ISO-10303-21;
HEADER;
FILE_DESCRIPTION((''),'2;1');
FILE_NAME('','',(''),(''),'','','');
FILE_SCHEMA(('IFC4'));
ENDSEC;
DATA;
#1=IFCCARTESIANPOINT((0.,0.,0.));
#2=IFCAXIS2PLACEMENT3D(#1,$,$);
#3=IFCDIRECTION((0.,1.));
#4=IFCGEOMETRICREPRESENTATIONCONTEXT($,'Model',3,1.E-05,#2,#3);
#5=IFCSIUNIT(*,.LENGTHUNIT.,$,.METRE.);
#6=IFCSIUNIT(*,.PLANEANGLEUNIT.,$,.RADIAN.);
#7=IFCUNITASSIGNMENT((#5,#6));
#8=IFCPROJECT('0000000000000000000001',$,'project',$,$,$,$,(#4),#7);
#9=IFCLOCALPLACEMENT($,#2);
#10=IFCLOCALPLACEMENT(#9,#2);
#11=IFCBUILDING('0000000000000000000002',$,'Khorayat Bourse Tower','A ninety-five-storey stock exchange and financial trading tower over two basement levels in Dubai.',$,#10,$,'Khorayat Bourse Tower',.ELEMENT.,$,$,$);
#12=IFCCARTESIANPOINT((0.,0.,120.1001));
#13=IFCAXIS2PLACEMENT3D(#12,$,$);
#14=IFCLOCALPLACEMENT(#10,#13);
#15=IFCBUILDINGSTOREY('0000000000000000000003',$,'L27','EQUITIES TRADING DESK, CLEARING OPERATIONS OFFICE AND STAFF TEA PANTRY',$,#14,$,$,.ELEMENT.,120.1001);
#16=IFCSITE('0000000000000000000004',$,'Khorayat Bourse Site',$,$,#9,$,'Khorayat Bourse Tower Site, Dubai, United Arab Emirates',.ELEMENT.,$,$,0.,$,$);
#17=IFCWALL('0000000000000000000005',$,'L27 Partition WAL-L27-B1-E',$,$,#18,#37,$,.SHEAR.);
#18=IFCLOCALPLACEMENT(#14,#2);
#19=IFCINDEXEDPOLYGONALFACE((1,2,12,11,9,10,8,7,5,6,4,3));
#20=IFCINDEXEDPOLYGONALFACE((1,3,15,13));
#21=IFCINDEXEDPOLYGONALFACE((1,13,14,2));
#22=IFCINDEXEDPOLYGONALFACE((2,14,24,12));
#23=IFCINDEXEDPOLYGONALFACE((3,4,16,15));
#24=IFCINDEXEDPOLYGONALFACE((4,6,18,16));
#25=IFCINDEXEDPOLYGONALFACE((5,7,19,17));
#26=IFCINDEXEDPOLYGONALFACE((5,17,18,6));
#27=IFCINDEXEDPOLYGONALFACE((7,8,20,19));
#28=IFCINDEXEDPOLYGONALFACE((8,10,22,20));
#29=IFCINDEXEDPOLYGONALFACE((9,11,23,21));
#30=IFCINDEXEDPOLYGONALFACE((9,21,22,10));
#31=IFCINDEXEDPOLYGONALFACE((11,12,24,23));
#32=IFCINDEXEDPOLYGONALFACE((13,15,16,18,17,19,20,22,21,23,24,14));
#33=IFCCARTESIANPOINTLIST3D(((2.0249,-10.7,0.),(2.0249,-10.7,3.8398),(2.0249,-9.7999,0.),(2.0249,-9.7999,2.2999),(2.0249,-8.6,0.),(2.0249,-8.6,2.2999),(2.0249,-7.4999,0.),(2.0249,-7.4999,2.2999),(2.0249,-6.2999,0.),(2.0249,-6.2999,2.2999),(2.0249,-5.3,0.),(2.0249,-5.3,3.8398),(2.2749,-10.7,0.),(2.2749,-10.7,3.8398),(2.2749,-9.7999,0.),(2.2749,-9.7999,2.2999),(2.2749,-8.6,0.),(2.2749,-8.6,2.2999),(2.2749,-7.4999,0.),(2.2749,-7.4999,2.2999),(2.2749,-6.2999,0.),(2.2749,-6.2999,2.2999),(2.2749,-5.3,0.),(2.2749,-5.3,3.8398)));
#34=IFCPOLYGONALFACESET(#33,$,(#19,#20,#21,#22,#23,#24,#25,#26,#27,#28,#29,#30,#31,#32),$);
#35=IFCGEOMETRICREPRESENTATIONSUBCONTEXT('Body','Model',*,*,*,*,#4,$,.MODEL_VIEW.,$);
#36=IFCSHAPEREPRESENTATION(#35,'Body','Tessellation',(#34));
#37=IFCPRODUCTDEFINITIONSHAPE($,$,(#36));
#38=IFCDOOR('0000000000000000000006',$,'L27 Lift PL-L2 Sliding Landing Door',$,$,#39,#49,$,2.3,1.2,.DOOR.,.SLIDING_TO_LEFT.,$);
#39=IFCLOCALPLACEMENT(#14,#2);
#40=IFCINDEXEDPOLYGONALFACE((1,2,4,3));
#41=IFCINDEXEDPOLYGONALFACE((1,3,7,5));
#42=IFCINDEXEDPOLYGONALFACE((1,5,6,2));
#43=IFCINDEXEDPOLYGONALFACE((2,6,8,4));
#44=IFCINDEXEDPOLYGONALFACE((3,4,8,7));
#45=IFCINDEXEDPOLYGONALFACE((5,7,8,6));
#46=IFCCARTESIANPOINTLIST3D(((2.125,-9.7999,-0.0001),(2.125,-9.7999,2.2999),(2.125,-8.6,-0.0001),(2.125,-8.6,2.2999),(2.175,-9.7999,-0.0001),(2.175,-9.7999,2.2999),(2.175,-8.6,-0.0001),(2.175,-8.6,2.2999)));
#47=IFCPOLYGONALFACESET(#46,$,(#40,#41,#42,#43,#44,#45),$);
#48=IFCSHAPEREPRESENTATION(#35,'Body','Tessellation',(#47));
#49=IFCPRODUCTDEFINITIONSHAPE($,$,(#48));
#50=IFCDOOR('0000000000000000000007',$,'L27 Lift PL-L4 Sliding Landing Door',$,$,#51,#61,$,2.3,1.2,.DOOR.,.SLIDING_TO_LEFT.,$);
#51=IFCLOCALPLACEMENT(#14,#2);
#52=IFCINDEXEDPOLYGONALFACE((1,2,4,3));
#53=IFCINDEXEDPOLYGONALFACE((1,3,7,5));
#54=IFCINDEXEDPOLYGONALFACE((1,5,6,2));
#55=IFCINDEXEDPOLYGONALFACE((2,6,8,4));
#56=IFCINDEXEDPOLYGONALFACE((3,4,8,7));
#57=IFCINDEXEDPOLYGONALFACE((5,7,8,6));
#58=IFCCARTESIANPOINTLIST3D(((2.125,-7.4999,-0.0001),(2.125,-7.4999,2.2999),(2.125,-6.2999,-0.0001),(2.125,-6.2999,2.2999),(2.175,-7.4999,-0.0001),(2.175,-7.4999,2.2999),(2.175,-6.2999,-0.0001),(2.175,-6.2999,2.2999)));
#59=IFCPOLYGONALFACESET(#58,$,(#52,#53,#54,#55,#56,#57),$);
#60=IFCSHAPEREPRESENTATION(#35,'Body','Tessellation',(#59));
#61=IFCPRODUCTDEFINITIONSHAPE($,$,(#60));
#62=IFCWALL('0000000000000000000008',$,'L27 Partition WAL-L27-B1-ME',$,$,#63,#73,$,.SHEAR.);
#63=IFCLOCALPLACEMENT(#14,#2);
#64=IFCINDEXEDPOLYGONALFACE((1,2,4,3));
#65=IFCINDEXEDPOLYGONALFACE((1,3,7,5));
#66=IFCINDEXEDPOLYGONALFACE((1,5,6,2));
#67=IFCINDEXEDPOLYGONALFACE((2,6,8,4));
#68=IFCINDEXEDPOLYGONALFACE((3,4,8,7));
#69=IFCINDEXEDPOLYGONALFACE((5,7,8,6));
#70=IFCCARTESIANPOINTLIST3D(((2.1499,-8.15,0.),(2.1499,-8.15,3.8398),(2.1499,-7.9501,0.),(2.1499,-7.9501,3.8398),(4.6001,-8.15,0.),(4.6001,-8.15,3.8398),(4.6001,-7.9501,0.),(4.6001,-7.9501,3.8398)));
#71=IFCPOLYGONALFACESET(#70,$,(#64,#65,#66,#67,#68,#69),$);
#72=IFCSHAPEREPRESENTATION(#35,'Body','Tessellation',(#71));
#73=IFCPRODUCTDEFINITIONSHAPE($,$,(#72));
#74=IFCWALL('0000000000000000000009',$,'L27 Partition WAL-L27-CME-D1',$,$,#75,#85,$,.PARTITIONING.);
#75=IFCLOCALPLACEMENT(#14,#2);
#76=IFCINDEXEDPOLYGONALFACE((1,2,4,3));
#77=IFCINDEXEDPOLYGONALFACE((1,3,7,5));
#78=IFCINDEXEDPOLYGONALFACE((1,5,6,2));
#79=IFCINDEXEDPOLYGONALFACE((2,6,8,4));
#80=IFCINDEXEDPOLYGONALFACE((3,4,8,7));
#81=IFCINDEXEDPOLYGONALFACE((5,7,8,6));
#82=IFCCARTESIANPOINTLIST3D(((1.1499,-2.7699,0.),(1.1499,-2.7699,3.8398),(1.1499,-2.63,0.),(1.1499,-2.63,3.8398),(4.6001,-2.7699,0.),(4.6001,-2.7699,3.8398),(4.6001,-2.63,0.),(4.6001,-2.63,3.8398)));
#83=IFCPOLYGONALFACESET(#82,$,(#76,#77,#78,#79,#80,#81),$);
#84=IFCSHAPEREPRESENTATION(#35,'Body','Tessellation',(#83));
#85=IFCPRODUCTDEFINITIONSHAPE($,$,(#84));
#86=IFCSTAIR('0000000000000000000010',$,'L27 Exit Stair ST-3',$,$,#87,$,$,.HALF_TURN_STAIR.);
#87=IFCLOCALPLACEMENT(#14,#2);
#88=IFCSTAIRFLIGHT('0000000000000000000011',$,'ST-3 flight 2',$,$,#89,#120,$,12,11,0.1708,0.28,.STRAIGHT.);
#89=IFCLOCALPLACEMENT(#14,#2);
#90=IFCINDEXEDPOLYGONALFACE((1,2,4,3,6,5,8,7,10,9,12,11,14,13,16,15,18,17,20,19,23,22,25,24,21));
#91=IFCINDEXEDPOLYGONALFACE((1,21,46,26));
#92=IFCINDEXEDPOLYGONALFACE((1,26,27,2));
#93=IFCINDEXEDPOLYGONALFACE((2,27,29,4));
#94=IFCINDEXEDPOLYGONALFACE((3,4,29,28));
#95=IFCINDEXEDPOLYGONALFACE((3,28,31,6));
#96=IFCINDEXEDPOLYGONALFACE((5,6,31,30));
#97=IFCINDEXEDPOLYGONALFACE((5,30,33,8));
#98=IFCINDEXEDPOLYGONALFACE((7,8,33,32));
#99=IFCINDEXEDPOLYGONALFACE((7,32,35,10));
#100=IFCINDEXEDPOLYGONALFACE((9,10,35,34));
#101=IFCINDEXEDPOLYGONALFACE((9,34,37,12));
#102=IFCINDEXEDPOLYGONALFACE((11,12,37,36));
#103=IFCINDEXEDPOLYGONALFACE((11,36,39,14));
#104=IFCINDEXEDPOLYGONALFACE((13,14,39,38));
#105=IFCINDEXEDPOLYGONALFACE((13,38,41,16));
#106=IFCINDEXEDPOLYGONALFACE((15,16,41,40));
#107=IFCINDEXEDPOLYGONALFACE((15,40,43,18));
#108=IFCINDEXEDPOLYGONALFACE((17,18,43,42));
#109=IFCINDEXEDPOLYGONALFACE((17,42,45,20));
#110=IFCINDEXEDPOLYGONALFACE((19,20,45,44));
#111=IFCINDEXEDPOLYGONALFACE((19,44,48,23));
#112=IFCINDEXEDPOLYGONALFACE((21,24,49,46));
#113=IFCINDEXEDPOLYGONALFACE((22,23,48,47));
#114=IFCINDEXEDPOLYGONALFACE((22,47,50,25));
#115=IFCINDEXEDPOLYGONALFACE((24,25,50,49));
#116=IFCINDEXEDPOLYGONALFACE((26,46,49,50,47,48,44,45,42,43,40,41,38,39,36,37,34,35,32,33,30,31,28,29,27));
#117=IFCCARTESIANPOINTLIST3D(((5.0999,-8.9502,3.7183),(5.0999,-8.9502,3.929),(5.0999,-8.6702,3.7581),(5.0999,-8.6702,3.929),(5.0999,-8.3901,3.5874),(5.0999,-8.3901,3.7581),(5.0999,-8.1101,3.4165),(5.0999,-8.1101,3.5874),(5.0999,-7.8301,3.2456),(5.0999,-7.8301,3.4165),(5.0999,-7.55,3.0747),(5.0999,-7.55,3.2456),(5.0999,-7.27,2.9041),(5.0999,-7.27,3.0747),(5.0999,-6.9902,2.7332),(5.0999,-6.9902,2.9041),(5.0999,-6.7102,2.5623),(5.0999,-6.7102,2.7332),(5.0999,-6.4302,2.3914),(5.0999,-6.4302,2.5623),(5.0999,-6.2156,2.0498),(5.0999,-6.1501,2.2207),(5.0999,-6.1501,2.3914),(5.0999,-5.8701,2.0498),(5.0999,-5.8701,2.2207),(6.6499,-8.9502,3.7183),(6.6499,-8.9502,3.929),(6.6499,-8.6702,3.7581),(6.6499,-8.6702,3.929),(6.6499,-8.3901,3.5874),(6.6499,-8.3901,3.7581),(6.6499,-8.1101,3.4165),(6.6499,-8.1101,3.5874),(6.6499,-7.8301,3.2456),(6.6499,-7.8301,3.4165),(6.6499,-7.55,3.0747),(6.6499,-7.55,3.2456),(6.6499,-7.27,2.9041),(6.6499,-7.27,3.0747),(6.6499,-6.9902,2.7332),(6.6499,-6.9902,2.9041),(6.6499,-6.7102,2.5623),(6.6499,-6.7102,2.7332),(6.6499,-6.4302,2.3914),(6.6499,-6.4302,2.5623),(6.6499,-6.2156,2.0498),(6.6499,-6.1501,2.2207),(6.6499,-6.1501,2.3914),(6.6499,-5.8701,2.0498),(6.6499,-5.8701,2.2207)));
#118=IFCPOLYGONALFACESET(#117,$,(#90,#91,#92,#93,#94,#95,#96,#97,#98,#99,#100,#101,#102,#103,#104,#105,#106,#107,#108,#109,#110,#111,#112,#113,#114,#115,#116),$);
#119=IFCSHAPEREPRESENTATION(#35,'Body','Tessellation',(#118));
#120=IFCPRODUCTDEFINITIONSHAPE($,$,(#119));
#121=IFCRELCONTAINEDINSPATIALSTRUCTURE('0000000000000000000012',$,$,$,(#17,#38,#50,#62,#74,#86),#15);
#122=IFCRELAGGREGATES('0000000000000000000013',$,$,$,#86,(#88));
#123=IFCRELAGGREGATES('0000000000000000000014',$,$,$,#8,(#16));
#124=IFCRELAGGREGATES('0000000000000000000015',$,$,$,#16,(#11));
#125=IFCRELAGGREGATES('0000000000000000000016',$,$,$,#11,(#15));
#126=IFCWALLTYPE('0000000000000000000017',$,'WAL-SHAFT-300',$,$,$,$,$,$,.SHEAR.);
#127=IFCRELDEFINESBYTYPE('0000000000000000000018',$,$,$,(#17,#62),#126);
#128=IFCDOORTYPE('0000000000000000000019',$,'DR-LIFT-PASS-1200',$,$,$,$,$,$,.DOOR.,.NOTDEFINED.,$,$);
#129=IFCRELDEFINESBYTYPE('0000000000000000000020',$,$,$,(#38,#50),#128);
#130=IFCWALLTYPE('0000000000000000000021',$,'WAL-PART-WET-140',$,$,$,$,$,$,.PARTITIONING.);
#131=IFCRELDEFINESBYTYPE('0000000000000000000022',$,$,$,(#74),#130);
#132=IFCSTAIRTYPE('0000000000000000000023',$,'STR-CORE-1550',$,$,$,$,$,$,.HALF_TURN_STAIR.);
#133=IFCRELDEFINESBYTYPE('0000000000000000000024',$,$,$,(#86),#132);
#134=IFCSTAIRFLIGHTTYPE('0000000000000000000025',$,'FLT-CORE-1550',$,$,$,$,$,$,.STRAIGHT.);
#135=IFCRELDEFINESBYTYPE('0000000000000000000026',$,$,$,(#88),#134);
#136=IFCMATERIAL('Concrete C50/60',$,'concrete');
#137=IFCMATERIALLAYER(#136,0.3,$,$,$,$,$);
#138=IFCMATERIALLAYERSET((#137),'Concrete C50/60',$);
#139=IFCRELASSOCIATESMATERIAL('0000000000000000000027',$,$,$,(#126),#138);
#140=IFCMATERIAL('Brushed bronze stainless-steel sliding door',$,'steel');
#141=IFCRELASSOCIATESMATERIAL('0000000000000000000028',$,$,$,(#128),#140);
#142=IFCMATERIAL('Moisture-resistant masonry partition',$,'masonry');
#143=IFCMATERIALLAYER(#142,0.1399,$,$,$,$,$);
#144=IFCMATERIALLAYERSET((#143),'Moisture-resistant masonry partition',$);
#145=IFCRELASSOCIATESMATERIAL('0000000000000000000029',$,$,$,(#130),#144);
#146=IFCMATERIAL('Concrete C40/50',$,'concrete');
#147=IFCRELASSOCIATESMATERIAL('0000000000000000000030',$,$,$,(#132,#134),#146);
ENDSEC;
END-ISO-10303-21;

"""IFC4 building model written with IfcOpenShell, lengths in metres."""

from ifc_helpers import new_model, si_unit, direction, frame, frame_2d, origin, place, context, subcontext, project, spatial, polyline, rectangle, outline, extrude, source, transform, mapped, material, layer, layer_set, type_object, element, fill, aggregate, save


model = new_model("IFC4")

# Units and contexts
model_context = context("Model", 3, precision=1e-05, world=origin(), true_north=direction((0.0, 1.0)))
body_context = subcontext(model_context, "Body", "Model", "MODEL_VIEW")
ifc_project = project(units=[si_unit("LENGTHUNIT", "METRE"), si_unit("PLANEANGLEUNIT", "RADIAN")], contexts=[model_context])

# Site, building, storey
site_placement = place(None, origin())
site = spatial("IfcSite", under=ifc_project, at=site_placement, Name="Khorayat Bourse Site", LongName="Khorayat Bourse Tower Site, Dubai, United Arab Emirates", CompositionType="ELEMENT", RefElevation=0.0)
building_placement = place(site_placement, origin())
building = spatial("IfcBuilding", under=site, at=building_placement, Name="Khorayat Bourse Tower", Description="A ninety-five-storey stock exchange and financial trading tower over two basement levels in Dubai.", LongName="Khorayat Bourse Tower", CompositionType="ELEMENT")
storey_placement = place(building_placement, frame((0.0, 0.0, 120.1001)))
storey = spatial("IfcBuildingStorey", under=building, at=storey_placement, Name="L27", Description="EQUITIES TRADING DESK, CLEARING OPERATIONS OFFICE AND STAFF TEA PANTRY", CompositionType="ELEMENT", Elevation=120.1001)

# Wall, openings, doors
ifc_material_1 = material(Name="Concrete C50/60", Category="concrete")
ifc_layer_1 = layer(ifc_material_1, 0.3)
ifc_layer_set_1 = layer_set([ifc_layer_1], Name="Concrete C50/60")
wall_type_1 = type_object("IfcWallType", Name="WAL-SHAFT-300", PredefinedType="SHEAR", material=ifc_layer_set_1)
shared_shape_1 = source(origin(), body_context, "Body", "SweptSolid", [
    extrude(rectangle(XDim=5.3999, YDim=0.25, at=frame_2d((2.7, 0.0))), origin(), (0.0, 0.0, 1.0), 3.8398),
])
shared_shape_2 = source(origin(), body_context, "Body", "SweptSolid", [
    extrude(rectangle(XDim=1.2, YDim=2.3, at=frame_2d((0.6001, 1.1499))), frame((0.0, 0.135, 0.0), z_axis=(0.0, -1.0, 0.0), x_axis=(1.0, 0.0, 0.0)), (0.0, 0.0, 1.0), 0.27),
])
ifc_material_2 = material(Name="Brushed bronze stainless-steel sliding door", Category="steel")
door_type_1 = type_object("IfcDoorType", Name="DR-LIFT-PASS-1200", OperationType="NOTDEFINED", PredefinedType="DOOR", material=ifc_material_2)
shared_shape_3 = source(origin(), body_context, "Body", "SweptSolid", [
    extrude(rectangle(XDim=1.2, YDim=2.3, at=frame_2d((0.6001, 1.1499))), frame((0.0, 0.0249, 0.0), z_axis=(0.0, -1.0, 0.0), x_axis=(1.0, 0.0, 0.0)), (0.0, 0.0, 1.0), 0.05),
])
wall_1_placement = place(storey_placement, frame((2.1499, -10.7, 0.0), z_axis=(0.0, 0.0, 1.0), x_axis=(0.0, 1.0, 0.0)))
wall_1 = element("IfcWall", 1, at=wall_1_placement, inside=storey, type_object=wall_type_1, Name="L27 Partition WAL-L27-B1-E", PredefinedType="SHEAR", context=body_context, shape_type="MappedRepresentation", body=[
    mapped(shared_shape_1, transform((0.0, 0.0, 0.0), scale=1.0)),
])
opening_1_placement = place(wall_1_placement, frame((0.8999, 0.0, 0.0)))
opening_1 = element("IfcOpeningElement", 2, at=opening_1_placement, cuts=wall_1, PredefinedType="OPENING", context=body_context, shape_type="MappedRepresentation", body=[
    mapped(shared_shape_2, transform((0.0, 0.0, 0.0), scale=1.0)),
])
opening_2_placement = place(wall_1_placement, frame((3.2, 0.0, 0.0)))
opening_2 = element("IfcOpeningElement", 3, at=opening_2_placement, cuts=wall_1, PredefinedType="OPENING", context=body_context, shape_type="MappedRepresentation", body=[
    mapped(shared_shape_2, transform((0.0, 0.0, 0.0), scale=1.0)),
])
door_1_placement = place(opening_1_placement, origin())
door_1 = element("IfcDoor", 4, at=door_1_placement, inside=storey, type_object=door_type_1, Name="L27 Lift PL-L2 Sliding Landing Door", OperationType="SLIDING_TO_LEFT", OverallHeight=2.3, OverallWidth=1.2, PredefinedType="DOOR", context=body_context, shape_type="MappedRepresentation", body=[
    mapped(shared_shape_3, transform((0.0, 0.0, 0.0), scale=1.0)),
])
fill(opening_1, door_1)
door_2_placement = place(opening_2_placement, origin())
door_2 = element("IfcDoor", 5, at=door_2_placement, inside=storey, type_object=door_type_1, Name="L27 Lift PL-L4 Sliding Landing Door", OperationType="SLIDING_TO_LEFT", OverallHeight=2.3, OverallWidth=1.2, PredefinedType="DOOR", context=body_context, shape_type="MappedRepresentation", body=[
    mapped(shared_shape_3, transform((0.0, 0.0, 0.0), scale=1.0)),
])
fill(opening_2, door_2)

# Wall
shared_shape_4 = source(origin(), body_context, "Body", "SweptSolid", [
    extrude(rectangle(XDim=2.4502, YDim=0.2, at=frame_2d((1.2251, 0.0))), origin(), (0.0, 0.0, 1.0), 3.8398),
])
wall_2_placement = place(storey_placement, frame((2.1499, -8.05, 0.0), z_axis=(0.0, 0.0, 1.0), x_axis=(1.0, 0.0, 0.0)))
element("IfcWall", 6, at=wall_2_placement, inside=storey, type_object=wall_type_1, Name="L27 Partition WAL-L27-B1-ME", PredefinedType="SHEAR", context=body_context, shape_type="MappedRepresentation", body=[
    mapped(shared_shape_4, transform((0.0, 0.0, 0.0), scale=1.0)),
])

# Wall
ifc_material_3 = material(Name="Moisture-resistant masonry partition", Category="masonry")
ifc_layer_2 = layer(ifc_material_3, 0.1399)
ifc_layer_set_2 = layer_set([ifc_layer_2], Name="Moisture-resistant masonry partition")
wall_type_2 = type_object("IfcWallType", Name="WAL-PART-WET-140", PredefinedType="PARTITIONING", material=ifc_layer_set_2)
shared_shape_5 = source(origin(), body_context, "Body", "SweptSolid", [
    extrude(rectangle(XDim=3.4502, YDim=0.1399, at=frame_2d((1.7251, 0.0))), origin(), (0.0, 0.0, 1.0), 3.8398),
])
wall_3_placement = place(storey_placement, frame((1.1499, -2.7, 0.0), z_axis=(0.0, 0.0, 1.0), x_axis=(1.0, 0.0, 0.0)))
element("IfcWall", 7, at=wall_3_placement, inside=storey, type_object=wall_type_2, Name="L27 Partition WAL-L27-CME-D1", PredefinedType="PARTITIONING", context=body_context, shape_type="MappedRepresentation", body=[
    mapped(shared_shape_5, transform((0.0, 0.0, 0.0), scale=1.0)),
])

# Stair, stair flight
ifc_material_4 = material(Name="Concrete C40/50", Category="concrete")
stair_type = type_object("IfcStairType", Name="STR-CORE-1550", PredefinedType="HALF_TURN_STAIR", material=ifc_material_4)
stair_placement = place(storey_placement, origin())
stair = element("IfcStair", 8, at=stair_placement, inside=storey, type_object=stair_type, Name="L27 Exit Stair ST-3", PredefinedType="HALF_TURN_STAIR")
stair_flight_type = type_object("IfcStairFlightType", Name="FLT-CORE-1550", PredefinedType="STRAIGHT", material=ifc_material_4)
shared_shape_6 = source(origin(), body_context, "Body", "SweptSolid", [
    extrude(outline(polyline([(0.0, 0.0), (0.0, 0.1709), (0.28, 0.1709), (0.28, 0.3416), (0.5601, 0.3416), (0.5601, 0.5125), (0.8401, 0.5125), (0.8401, 0.6833), (1.1201, 0.6833), (1.1201, 0.8542), (1.3999, 0.8542), (1.3999, 1.0249), (1.6799, 1.0249), (1.6799, 1.1958), (1.96, 1.1958), (1.96, 1.3667), (2.24, 1.3667), (2.24, 1.5376), (2.52, 1.5376), (2.52, 1.7083), (2.8, 1.7083), (2.8, 1.8792), (3.0801, 1.8792), (3.0801, 2.05), (3.0801, 1.6685), (0.3455, 0.0), (0.0, 0.0)])), frame((0.0, 0.7749, 0.0), z_axis=(0.0, -1.0, 0.0), x_axis=(1.0, 0.0, 0.0)), (0.0, 0.0, 1.0), 1.55),
])
stair_flight_placement = place(storey_placement, frame((5.875, -5.8701, 2.0498), z_axis=(0.0, 0.0, 1.0), x_axis=(0.0, -1.0, 0.0)))
stair_flight = element("IfcStairFlight", 9, at=stair_flight_placement, type_object=stair_flight_type, Name="ST-3 flight 2", NumberOfRisers=12, NumberOfTreads=11, PredefinedType="STRAIGHT", RiserHeight=0.1708, TreadLength=0.28, context=body_context, shape_type="MappedRepresentation", body=[
    mapped(shared_shape_6, transform((0.0, 0.0, 0.0), scale=1.0)),
])
aggregate(stair, [stair_flight])

save(model, "model.ifc")
